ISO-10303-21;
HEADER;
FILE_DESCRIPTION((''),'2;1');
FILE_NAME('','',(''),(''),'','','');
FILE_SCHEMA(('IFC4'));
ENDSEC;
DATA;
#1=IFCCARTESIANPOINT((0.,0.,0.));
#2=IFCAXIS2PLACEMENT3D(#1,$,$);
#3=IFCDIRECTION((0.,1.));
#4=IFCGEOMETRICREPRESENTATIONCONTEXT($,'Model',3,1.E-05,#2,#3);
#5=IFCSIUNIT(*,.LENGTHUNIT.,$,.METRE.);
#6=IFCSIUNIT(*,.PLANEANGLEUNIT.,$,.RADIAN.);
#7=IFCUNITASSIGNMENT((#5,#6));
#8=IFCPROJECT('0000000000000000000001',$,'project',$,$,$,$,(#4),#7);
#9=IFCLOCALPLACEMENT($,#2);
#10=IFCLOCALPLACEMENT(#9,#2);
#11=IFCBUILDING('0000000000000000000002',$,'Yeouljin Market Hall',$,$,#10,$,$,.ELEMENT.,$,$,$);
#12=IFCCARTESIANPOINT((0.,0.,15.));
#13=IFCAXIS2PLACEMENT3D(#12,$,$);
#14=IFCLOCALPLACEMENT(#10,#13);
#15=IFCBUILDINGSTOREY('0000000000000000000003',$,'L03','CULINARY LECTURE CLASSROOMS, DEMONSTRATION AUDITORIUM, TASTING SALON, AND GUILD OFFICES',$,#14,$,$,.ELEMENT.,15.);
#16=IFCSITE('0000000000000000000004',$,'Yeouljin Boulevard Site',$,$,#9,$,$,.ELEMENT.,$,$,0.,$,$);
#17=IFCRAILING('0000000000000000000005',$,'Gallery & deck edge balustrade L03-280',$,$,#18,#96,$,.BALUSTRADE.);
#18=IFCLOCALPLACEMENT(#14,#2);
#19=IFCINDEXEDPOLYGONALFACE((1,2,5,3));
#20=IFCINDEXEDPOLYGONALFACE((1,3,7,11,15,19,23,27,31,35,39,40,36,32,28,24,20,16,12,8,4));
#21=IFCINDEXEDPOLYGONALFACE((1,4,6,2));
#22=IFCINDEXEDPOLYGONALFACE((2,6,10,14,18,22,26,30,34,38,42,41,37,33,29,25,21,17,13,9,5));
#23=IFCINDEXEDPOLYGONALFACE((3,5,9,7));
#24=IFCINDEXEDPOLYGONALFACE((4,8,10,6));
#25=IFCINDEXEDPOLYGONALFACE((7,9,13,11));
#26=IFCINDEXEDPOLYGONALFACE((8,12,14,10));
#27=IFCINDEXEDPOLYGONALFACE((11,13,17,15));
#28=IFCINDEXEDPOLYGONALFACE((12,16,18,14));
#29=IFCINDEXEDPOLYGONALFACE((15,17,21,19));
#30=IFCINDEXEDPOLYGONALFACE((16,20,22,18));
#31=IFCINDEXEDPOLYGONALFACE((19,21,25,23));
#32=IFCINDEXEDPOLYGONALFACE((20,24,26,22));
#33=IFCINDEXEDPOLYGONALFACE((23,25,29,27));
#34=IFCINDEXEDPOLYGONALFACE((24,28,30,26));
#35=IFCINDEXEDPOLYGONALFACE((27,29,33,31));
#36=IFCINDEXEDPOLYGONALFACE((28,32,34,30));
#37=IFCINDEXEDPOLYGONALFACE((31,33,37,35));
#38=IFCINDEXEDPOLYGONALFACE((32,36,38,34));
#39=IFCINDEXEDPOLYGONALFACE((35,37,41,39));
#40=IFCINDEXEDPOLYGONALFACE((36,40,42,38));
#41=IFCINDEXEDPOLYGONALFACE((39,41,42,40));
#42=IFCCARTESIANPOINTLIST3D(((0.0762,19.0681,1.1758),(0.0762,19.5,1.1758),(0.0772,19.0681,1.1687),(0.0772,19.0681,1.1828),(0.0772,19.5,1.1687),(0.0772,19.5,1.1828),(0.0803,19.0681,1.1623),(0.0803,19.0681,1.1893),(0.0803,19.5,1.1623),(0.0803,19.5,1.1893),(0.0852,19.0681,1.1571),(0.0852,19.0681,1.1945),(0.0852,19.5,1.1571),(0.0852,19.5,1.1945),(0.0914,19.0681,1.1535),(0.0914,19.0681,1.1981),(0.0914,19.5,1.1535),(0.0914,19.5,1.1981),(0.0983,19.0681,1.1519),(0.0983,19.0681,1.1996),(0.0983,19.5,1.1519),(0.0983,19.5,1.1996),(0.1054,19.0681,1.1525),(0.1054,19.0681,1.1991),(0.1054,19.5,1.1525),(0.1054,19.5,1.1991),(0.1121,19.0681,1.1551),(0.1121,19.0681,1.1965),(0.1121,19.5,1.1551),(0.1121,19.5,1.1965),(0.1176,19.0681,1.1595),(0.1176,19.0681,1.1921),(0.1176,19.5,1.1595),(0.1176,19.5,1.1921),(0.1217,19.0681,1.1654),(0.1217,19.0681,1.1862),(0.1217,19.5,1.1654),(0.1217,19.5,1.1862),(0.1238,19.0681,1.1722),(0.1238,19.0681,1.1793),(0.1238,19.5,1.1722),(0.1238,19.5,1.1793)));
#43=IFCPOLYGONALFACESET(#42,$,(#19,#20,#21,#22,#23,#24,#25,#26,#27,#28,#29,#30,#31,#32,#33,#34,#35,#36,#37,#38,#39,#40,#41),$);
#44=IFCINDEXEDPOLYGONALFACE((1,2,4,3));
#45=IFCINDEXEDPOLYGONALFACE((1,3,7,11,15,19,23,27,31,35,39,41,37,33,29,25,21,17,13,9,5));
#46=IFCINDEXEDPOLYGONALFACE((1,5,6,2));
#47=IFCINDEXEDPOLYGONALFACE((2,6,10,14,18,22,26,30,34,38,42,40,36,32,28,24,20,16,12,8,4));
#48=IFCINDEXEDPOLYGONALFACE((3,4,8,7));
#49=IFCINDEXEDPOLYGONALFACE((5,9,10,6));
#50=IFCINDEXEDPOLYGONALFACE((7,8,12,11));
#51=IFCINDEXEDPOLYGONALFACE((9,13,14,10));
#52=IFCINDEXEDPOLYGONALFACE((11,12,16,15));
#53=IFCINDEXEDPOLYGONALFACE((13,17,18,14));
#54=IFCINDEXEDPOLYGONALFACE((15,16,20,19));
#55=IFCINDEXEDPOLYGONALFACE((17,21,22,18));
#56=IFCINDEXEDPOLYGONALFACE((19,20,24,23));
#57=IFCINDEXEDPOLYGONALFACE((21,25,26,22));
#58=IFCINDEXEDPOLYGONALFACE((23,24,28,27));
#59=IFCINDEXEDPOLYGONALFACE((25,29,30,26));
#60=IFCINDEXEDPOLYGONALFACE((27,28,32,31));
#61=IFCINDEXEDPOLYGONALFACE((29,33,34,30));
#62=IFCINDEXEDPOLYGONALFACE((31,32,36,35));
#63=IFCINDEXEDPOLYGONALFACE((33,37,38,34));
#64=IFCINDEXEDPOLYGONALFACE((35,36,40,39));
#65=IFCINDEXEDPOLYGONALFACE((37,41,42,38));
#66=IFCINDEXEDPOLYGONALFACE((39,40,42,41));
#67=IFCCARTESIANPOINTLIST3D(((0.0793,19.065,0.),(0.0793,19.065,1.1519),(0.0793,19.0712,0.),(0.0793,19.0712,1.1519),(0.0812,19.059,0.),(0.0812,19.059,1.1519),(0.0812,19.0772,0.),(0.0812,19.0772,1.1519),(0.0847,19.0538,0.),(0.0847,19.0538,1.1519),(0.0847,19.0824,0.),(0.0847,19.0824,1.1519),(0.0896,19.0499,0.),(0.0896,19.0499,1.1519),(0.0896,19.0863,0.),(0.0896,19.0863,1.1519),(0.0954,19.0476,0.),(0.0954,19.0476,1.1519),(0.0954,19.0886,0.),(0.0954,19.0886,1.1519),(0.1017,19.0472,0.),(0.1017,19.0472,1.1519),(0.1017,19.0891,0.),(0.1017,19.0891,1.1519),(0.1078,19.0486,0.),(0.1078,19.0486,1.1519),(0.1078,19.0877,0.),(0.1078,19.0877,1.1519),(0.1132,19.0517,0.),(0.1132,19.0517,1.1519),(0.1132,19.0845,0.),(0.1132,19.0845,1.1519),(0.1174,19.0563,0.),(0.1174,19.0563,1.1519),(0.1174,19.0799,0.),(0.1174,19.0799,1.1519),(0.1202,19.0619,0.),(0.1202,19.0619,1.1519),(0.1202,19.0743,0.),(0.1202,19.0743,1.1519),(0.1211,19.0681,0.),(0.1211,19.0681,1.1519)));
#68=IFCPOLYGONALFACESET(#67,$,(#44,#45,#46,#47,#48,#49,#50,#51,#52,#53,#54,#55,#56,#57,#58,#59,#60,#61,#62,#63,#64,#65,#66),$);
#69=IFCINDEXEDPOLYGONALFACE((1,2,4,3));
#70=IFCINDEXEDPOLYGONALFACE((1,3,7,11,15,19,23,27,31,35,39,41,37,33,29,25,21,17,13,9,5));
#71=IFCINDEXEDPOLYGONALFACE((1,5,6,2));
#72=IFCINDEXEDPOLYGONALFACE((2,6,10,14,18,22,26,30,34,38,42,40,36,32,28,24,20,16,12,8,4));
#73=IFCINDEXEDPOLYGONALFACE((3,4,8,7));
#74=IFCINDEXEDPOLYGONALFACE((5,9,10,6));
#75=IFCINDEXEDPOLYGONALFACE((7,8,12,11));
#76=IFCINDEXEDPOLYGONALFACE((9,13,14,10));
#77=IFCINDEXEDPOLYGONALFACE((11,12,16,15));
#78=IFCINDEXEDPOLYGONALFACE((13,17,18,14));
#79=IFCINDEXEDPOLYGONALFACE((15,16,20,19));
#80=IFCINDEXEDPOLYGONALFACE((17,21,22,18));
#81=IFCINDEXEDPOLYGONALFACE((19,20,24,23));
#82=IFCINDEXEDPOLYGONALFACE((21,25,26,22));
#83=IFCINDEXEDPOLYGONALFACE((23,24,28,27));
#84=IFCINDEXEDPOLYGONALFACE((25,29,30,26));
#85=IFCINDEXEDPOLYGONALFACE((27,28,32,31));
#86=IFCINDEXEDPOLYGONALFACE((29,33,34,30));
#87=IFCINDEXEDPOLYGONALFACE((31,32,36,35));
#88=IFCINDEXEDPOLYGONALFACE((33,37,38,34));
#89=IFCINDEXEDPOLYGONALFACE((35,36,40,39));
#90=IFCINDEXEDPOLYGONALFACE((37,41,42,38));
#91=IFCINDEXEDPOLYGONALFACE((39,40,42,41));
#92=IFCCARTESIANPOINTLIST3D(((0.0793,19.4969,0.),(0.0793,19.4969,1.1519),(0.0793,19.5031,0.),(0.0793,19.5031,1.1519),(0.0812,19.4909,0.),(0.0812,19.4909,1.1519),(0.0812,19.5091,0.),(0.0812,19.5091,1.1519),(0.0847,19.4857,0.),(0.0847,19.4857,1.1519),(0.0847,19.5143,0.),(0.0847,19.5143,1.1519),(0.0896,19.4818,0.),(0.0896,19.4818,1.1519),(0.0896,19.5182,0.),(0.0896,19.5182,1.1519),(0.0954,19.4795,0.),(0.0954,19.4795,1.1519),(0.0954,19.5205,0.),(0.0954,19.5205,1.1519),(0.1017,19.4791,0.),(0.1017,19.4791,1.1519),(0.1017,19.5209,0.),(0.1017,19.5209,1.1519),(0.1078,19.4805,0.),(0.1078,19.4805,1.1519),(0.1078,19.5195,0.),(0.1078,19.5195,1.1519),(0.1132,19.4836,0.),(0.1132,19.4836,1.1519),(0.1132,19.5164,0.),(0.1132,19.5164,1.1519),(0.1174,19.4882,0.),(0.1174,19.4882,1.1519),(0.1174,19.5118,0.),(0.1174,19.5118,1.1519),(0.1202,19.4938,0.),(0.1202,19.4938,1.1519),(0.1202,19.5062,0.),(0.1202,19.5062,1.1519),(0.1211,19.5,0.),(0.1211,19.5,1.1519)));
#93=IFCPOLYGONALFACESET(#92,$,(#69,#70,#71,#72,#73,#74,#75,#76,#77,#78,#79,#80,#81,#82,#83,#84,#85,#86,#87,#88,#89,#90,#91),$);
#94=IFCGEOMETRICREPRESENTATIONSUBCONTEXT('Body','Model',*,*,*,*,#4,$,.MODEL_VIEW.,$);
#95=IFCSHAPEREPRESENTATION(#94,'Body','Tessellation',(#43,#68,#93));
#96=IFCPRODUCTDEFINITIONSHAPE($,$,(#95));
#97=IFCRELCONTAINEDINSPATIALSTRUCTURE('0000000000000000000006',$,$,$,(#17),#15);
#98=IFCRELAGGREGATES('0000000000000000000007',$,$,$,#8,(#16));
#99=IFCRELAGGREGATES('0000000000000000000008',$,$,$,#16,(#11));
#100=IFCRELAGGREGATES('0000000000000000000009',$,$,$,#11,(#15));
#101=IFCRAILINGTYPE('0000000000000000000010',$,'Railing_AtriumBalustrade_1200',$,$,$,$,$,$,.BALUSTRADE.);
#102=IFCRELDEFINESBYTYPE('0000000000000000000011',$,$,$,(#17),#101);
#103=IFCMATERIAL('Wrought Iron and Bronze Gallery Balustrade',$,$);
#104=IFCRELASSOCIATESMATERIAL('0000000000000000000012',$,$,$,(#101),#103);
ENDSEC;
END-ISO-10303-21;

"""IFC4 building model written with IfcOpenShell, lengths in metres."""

from ifc_helpers import new_model, si_unit, direction, frame, origin, origin_2d, place, context, subcontext, project, spatial, circle, extrude, material, type_object, element, save


model = new_model("IFC4")

# Units and contexts
model_context = context("Model", 3, precision=1e-05, world=origin(), true_north=direction((0.0, 1.0)))
body_context = subcontext(model_context, "Body", "Model", "MODEL_VIEW")
ifc_project = project(units=[si_unit("LENGTHUNIT", "METRE"), si_unit("PLANEANGLEUNIT", "RADIAN")], contexts=[model_context])

# Site, building, storey
site_placement = place(None, origin())
site = spatial("IfcSite", under=ifc_project, at=site_placement, Name="Yeouljin Boulevard Site", CompositionType="ELEMENT", RefElevation=0.0)
building_placement = place(site_placement, origin())
building = spatial("IfcBuilding", under=site, at=building_placement, Name="Yeouljin Market Hall", CompositionType="ELEMENT")
storey_placement = place(building_placement, frame((0.0, 0.0, 15.0)))
storey = spatial("IfcBuildingStorey", under=building, at=storey_placement, Name="L03", Description="CULINARY LECTURE CLASSROOMS, DEMONSTRATION AUDITORIUM, TASTING SALON, AND GUILD OFFICES", CompositionType="ELEMENT", Elevation=15.0)

# Railing
ifc_material_1 = material(Name="Wrought Iron and Bronze Gallery Balustrade")
railing_type = type_object("IfcRailingType", Name="Railing_AtriumBalustrade_1200", PredefinedType="BALUSTRADE", material=ifc_material_1)
for number, where, name in (
    (1, (0.1001, 19.0681, 0.0), "Gallery & deck edge balustrade L03-280"),
):
    element("IfcRailing", number, at=place(storey_placement, frame(where)), inside=storey, type_object=railing_type, Name=name, PredefinedType="BALUSTRADE", context=body_context, shape_type="SweptSolid", body=[
        extrude(circle(Radius=0.0239, at=origin_2d()), frame((0.0, 0.0, 1.1758), z_axis=(0.0, 1.0, 0.0), x_axis=(-1.0, 0.0, 0.0)), (0.0, 0.0, 1.0), 0.4319),
        extrude(circle(Radius=0.021, at=origin_2d()), origin(), (0.0, 0.0, 1.0), 1.1519),
        extrude(circle(Radius=0.021, at=origin_2d()), frame((0.0, 0.4319, 0.0)), (0.0, 0.0, 1.0), 1.1519),
    ])

save(model, "model.ifc")
